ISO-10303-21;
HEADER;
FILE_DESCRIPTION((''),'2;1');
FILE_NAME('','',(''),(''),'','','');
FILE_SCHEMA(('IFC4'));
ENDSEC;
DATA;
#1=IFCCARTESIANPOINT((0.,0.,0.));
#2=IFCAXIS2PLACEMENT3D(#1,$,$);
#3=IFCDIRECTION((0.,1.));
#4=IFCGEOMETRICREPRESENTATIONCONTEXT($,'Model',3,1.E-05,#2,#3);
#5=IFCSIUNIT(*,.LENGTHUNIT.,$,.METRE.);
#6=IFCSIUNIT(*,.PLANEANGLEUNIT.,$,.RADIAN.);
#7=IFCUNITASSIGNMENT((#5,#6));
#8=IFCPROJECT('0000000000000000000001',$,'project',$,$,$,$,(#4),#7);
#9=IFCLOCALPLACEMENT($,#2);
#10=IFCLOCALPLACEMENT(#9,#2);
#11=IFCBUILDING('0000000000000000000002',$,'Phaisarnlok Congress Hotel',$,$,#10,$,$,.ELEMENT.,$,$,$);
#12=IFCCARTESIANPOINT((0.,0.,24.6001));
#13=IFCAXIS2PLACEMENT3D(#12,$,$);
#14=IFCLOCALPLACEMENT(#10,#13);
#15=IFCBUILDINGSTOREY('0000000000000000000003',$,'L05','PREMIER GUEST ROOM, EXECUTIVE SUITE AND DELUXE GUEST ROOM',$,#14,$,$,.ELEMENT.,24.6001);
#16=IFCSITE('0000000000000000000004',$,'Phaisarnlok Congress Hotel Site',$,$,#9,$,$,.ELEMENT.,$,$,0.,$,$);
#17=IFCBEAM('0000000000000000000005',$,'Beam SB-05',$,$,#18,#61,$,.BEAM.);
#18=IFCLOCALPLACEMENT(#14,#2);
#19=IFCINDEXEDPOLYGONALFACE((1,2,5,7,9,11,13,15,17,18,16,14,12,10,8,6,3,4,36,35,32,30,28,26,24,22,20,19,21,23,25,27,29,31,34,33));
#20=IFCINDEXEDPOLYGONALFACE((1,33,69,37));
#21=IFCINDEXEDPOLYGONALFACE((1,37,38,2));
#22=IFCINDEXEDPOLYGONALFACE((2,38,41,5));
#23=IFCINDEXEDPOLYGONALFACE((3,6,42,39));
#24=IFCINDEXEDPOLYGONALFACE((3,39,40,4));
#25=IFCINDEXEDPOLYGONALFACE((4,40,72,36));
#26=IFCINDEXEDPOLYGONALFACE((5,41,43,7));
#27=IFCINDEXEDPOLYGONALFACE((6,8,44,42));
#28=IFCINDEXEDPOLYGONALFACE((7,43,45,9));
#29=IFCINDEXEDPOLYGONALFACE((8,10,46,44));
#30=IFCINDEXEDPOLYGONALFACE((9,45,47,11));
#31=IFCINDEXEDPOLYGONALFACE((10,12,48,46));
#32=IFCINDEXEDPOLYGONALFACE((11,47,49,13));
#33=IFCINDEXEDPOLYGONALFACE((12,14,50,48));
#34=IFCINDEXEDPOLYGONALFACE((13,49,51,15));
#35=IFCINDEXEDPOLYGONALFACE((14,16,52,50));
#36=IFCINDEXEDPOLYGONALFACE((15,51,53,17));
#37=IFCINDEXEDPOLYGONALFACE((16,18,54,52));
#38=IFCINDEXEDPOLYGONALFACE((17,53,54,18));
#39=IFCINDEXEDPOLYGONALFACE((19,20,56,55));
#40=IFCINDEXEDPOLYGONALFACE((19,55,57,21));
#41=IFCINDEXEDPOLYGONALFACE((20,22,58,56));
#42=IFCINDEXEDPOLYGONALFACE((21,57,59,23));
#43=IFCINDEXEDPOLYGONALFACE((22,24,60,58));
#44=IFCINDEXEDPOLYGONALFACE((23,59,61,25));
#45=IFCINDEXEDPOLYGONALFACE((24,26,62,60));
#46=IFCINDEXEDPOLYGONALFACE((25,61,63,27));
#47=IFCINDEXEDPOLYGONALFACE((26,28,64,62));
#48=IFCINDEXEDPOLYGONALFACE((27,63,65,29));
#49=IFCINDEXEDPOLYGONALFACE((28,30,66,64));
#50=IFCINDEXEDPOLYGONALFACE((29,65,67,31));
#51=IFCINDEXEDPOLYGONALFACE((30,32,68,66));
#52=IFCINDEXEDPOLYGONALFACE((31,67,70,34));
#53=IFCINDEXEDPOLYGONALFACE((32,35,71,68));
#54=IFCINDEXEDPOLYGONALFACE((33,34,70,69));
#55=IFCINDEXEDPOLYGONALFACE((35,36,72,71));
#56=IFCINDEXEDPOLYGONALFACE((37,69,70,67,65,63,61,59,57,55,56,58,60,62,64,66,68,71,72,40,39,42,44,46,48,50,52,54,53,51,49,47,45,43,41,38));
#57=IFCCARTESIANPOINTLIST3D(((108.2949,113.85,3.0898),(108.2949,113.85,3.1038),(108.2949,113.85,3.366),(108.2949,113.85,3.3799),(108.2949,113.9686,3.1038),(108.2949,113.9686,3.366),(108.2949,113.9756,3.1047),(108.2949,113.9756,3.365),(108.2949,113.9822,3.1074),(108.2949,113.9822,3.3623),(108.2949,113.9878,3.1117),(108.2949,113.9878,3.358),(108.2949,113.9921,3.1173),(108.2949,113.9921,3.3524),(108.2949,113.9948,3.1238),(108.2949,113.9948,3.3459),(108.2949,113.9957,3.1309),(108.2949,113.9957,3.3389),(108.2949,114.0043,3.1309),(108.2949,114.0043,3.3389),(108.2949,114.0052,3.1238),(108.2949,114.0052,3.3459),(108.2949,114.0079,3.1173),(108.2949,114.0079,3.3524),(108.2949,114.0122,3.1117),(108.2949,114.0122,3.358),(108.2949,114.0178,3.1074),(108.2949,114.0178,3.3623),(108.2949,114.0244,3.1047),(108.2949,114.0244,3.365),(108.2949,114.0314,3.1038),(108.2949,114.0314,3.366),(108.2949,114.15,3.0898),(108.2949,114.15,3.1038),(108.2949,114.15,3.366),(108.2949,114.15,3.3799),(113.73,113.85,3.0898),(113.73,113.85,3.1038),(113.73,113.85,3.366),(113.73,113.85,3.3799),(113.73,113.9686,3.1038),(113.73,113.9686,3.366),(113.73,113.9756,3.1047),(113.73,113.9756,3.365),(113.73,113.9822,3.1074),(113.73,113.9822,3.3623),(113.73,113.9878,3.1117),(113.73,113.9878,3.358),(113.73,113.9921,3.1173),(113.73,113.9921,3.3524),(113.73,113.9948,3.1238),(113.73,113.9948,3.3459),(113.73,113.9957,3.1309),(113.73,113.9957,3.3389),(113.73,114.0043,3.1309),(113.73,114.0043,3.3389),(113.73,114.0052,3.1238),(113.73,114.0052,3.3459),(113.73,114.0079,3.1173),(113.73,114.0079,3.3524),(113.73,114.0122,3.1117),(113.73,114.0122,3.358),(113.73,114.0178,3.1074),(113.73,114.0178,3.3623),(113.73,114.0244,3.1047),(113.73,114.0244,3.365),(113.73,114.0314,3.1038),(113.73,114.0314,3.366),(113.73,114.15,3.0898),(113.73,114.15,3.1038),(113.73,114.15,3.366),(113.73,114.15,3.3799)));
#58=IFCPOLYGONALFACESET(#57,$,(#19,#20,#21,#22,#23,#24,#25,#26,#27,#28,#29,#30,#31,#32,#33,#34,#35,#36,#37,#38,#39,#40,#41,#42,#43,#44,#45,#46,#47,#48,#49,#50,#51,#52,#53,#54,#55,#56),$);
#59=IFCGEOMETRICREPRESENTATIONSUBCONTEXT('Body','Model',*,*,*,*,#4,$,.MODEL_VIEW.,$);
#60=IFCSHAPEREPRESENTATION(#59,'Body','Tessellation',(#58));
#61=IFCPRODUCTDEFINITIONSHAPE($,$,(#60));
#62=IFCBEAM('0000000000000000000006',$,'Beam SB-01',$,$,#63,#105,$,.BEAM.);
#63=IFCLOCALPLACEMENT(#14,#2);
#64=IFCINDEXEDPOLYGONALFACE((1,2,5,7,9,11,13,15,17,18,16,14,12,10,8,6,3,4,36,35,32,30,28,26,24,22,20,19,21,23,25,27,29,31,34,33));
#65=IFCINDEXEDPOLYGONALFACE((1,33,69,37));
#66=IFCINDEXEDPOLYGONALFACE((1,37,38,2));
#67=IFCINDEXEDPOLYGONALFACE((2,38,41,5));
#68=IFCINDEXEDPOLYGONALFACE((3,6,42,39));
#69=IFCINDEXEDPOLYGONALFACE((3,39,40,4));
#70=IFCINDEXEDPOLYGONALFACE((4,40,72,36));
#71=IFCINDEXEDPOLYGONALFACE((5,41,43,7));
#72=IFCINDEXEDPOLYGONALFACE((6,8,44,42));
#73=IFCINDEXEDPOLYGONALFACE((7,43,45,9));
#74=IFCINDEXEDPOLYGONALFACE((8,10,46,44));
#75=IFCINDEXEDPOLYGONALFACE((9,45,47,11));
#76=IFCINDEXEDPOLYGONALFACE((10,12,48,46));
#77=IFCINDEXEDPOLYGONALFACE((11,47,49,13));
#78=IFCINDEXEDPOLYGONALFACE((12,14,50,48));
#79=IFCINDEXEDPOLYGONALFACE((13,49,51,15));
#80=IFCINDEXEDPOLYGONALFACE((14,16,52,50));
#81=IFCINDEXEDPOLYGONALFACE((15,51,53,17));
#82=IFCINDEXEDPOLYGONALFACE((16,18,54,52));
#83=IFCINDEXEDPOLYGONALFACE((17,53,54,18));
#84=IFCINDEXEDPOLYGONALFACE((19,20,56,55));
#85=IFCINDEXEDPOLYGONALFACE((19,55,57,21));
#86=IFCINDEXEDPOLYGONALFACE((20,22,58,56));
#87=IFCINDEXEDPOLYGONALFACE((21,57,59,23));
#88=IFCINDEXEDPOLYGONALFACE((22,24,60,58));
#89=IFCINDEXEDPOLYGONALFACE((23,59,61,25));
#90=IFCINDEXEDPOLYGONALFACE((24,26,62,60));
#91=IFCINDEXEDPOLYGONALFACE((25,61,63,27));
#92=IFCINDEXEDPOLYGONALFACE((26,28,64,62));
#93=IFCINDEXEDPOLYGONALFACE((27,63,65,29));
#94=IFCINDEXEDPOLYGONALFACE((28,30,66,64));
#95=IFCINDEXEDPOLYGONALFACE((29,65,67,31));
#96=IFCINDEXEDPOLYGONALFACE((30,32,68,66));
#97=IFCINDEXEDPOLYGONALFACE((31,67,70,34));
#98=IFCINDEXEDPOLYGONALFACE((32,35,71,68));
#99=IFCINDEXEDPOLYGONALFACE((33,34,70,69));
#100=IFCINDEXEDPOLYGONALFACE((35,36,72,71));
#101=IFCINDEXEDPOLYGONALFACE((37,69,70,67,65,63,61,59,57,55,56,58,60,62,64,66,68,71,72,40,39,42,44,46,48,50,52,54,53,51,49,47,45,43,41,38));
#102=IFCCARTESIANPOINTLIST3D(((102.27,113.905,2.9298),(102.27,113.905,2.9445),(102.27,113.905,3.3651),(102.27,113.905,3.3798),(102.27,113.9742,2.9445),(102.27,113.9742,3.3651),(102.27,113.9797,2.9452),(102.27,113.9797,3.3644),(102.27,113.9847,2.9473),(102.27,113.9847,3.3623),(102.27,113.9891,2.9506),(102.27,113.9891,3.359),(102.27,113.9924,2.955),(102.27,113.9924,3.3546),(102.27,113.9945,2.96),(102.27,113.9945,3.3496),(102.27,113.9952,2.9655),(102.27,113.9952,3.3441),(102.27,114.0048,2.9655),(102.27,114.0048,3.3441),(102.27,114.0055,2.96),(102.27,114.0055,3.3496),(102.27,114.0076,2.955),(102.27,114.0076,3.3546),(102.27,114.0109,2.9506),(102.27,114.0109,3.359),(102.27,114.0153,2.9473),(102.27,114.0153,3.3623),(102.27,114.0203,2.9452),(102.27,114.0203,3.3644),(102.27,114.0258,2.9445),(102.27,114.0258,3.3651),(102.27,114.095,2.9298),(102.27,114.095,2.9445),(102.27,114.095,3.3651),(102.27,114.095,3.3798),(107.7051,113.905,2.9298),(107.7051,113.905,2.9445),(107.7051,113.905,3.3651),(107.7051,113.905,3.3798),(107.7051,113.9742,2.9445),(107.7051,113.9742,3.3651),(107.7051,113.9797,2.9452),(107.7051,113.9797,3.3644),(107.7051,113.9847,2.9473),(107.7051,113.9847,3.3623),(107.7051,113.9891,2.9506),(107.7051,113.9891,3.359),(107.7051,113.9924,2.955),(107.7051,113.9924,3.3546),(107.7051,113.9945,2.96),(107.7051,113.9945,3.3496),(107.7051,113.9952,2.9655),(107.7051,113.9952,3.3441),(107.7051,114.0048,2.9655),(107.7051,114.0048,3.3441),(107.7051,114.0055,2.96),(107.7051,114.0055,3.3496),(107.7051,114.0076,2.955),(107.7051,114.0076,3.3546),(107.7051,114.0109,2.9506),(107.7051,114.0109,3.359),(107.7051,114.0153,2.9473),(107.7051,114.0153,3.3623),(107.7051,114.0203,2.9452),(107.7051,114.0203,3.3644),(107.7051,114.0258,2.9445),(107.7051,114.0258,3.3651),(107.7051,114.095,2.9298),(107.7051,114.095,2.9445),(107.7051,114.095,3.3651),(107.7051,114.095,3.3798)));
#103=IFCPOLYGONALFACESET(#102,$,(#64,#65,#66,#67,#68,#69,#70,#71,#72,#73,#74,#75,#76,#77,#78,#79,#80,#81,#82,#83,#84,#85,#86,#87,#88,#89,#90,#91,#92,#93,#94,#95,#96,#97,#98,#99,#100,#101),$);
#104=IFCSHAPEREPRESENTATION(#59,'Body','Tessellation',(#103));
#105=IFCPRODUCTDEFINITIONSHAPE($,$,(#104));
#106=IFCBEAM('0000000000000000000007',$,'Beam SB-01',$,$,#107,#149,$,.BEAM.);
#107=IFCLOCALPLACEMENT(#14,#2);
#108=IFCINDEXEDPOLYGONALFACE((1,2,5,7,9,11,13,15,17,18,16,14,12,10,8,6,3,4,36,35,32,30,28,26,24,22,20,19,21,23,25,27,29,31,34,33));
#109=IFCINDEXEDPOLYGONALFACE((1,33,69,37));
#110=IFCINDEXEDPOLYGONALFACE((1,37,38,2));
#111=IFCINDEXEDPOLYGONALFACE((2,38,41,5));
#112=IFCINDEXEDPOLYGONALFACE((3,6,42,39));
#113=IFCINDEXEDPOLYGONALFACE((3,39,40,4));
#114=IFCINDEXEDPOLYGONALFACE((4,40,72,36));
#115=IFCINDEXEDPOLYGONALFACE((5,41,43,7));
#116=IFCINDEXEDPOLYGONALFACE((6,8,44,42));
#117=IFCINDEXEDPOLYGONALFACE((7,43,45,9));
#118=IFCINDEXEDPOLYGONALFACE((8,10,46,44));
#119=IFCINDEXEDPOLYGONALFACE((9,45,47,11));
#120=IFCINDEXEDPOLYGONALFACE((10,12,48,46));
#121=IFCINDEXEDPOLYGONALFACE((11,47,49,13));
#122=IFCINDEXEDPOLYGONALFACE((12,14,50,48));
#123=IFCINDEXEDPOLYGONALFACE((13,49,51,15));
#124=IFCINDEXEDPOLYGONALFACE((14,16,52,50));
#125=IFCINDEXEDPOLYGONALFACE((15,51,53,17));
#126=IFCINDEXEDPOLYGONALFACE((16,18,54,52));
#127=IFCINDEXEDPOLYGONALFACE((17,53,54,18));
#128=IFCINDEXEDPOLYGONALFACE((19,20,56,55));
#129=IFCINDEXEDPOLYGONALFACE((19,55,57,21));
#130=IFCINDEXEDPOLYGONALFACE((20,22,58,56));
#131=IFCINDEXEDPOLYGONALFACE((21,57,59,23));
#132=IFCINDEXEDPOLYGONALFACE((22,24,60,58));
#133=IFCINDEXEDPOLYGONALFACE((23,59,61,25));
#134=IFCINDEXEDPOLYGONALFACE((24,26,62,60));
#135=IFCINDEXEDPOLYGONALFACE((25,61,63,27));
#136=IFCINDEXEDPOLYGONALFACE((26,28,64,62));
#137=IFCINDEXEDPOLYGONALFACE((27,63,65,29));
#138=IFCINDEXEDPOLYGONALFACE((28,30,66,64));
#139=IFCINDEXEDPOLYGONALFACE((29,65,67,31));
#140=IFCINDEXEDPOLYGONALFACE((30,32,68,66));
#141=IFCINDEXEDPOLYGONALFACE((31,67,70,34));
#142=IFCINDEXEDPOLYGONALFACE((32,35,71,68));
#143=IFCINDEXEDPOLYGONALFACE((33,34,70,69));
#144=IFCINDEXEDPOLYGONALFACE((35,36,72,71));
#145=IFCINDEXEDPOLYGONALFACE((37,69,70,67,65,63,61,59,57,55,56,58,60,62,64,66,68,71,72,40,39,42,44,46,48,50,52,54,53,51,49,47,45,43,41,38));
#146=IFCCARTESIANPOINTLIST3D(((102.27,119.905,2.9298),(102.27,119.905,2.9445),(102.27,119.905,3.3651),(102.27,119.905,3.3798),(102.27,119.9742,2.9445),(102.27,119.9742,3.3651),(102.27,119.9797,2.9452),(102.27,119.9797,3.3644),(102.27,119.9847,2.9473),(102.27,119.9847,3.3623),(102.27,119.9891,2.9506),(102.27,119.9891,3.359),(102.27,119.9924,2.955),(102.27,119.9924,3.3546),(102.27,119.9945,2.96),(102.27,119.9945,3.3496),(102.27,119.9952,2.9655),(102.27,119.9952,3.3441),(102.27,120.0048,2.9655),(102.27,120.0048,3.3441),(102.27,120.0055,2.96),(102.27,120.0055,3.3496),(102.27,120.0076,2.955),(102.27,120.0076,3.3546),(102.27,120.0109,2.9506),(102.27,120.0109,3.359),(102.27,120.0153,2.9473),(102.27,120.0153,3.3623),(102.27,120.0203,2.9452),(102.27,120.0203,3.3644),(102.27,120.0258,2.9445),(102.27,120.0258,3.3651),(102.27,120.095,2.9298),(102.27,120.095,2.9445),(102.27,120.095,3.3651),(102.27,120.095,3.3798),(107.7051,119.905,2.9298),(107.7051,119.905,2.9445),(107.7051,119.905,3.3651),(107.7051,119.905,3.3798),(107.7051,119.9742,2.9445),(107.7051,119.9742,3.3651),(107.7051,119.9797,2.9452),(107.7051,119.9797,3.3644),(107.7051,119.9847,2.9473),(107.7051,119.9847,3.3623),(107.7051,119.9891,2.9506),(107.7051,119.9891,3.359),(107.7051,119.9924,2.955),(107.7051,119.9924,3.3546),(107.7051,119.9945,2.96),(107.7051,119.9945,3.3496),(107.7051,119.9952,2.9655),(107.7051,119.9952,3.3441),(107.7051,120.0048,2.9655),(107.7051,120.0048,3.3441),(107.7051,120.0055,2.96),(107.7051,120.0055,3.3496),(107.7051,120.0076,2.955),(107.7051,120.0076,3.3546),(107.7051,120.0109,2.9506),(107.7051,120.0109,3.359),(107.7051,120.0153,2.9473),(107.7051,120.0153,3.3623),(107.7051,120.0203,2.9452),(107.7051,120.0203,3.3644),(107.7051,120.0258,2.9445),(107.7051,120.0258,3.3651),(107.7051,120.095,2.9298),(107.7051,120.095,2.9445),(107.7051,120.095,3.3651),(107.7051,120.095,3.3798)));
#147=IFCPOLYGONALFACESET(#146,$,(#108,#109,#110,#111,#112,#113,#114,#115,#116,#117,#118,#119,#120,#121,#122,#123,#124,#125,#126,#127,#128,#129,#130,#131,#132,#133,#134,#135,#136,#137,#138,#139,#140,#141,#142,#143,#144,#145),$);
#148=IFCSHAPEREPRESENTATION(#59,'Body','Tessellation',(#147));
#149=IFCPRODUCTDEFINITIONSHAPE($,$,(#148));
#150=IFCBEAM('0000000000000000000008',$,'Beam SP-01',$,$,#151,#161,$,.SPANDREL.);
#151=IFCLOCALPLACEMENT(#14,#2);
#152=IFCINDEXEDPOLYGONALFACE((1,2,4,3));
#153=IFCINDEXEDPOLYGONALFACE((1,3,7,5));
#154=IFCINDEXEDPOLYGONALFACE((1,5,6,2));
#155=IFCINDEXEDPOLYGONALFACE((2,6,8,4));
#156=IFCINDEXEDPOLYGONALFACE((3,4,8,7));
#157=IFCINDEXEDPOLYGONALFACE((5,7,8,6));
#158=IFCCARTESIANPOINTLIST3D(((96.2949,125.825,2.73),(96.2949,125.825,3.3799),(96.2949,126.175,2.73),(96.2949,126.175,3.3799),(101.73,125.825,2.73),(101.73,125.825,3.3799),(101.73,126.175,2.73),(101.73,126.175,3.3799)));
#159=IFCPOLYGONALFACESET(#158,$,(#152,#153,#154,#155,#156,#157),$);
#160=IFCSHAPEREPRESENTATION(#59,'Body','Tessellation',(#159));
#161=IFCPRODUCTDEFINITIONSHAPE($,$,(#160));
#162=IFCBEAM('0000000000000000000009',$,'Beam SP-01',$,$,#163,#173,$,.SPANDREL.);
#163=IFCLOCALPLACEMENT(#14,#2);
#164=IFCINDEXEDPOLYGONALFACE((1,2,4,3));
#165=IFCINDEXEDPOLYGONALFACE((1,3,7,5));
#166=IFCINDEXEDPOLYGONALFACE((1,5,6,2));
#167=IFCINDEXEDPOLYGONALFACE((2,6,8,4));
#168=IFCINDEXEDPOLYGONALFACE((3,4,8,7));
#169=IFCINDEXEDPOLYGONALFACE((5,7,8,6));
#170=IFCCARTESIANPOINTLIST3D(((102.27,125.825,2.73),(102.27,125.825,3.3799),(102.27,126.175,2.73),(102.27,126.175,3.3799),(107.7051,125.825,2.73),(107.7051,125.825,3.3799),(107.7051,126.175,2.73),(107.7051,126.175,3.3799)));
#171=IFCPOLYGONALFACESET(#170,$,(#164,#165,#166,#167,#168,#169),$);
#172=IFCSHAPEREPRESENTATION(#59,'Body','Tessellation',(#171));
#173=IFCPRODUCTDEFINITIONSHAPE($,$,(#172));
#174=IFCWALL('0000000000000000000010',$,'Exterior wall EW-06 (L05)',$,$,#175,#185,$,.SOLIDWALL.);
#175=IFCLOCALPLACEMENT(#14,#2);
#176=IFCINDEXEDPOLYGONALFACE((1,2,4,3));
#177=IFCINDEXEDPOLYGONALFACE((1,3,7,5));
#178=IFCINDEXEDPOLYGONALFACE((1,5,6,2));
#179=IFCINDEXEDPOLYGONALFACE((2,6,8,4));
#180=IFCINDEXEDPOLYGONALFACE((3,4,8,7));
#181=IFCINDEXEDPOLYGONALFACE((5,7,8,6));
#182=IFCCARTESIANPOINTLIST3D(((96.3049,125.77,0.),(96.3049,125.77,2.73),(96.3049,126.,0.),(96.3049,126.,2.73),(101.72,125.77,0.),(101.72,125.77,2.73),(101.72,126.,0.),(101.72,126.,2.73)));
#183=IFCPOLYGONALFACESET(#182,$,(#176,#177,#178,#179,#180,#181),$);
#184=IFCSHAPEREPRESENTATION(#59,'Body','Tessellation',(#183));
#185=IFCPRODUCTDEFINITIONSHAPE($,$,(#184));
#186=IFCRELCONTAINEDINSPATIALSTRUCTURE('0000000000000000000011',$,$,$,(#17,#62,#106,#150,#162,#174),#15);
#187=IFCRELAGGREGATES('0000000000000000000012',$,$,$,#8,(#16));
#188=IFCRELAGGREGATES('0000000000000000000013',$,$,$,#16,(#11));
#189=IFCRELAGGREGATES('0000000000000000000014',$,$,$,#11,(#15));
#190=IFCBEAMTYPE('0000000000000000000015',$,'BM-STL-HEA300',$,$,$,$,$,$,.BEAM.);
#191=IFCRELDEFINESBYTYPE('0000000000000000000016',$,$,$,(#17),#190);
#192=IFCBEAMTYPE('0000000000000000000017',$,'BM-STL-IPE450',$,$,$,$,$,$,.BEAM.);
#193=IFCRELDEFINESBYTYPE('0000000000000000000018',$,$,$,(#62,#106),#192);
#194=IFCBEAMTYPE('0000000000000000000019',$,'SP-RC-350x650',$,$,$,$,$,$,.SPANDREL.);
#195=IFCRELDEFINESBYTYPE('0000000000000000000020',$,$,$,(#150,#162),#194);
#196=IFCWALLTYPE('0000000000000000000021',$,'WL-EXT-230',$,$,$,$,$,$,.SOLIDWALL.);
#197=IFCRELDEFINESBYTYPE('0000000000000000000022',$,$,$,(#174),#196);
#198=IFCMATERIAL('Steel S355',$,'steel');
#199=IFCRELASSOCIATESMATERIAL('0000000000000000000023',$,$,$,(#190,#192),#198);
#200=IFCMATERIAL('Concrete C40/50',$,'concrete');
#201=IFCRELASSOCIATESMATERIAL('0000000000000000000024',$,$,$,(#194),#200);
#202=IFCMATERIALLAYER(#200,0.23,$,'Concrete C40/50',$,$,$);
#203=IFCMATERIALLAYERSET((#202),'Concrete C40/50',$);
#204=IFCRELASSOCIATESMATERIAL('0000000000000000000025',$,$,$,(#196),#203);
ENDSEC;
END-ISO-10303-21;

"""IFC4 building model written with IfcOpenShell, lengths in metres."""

from ifc_helpers import new_model, si_unit, direction, frame, frame_2d, origin, origin_2d, place, context, subcontext, project, spatial, rectangle, i_section, extrude, material, layer, layer_set, material_profile, profile_set, type_object, element, save


model = new_model("IFC4")

# Units and contexts
model_context = context("Model", 3, precision=1e-05, world=origin(), true_north=direction((0.0, 1.0)))
body_context = subcontext(model_context, "Body", "Model", "MODEL_VIEW")
ifc_project = project(units=[si_unit("LENGTHUNIT", "METRE"), si_unit("PLANEANGLEUNIT", "RADIAN")], contexts=[model_context])

# Site, building, storey
site_placement = place(None, origin())
site = spatial("IfcSite", under=ifc_project, at=site_placement, Name="Phaisarnlok Congress Hotel Site", CompositionType="ELEMENT", RefElevation=0.0)
building_placement = place(site_placement, origin())
building = spatial("IfcBuilding", under=site, at=building_placement, Name="Phaisarnlok Congress Hotel", CompositionType="ELEMENT")
storey_placement = place(building_placement, frame((0.0, 0.0, 24.6001)))
storey = spatial("IfcBuildingStorey", under=building, at=storey_placement, Name="L05", Description="PREMIER GUEST ROOM, EXECUTIVE SUITE AND DELUXE GUEST ROOM", CompositionType="ELEMENT", Elevation=24.6001)

# Beams
ifc_material_1 = material(Name="Concrete C40/50", Category="concrete")
ifc_material_2 = material(Name="Steel S355", Category="steel")
ifc_material_profile_1 = material_profile(ifc_material_2, i_section(OverallWidth=0.3, OverallDepth=0.29, WebThickness=0.0085, FlangeThickness=0.0139, FilletRadius=0.0271, at=origin_2d()), Name="HEA 300")
ifc_profile_set_1 = profile_set([ifc_material_profile_1], Name="Steel S355")
beam_type_1 = type_object("IfcBeamType", Name="BM-STL-HEA300", PredefinedType="BEAM", material=ifc_profile_set_1)
beam_1_placement = place(storey_placement, frame((108.2949, 114.0, 3.2349), z_axis=(1.0, 0.0, 0.0), x_axis=(0.0, 1.0, 0.0)))
element("IfcBeam", 1, at=beam_1_placement, inside=storey, type_object=beam_type_1, Name="Beam SB-05", PredefinedType="BEAM", context=body_context, shape_type="SweptSolid", body=[
    extrude(i_section(OverallWidth=0.3, OverallDepth=0.29, WebThickness=0.0085, FlangeThickness=0.0139, FilletRadius=0.0271, at=origin_2d()), origin(), (0.0, 0.0, 1.0), 5.4351),
])
ifc_material_profile_2 = material_profile(ifc_material_2, i_section(OverallWidth=0.1899, OverallDepth=0.45, WebThickness=0.0095, FlangeThickness=0.0146, FilletRadius=0.021, at=origin_2d()), Name="IPE 450")
ifc_profile_set_2 = profile_set([ifc_material_profile_2], Name="Steel S355")
beam_type_2 = type_object("IfcBeamType", Name="BM-STL-IPE450", PredefinedType="BEAM", material=ifc_profile_set_2)
for number, where, z_axis, x_axis, name in (
    (2, (102.27, 114.0, 3.1548), (1.0, 0.0, 0.0), (0.0, 1.0, 0.0), "Beam SB-01"),
    (3, (102.27, 120.0, 3.1548), (1.0, 0.0, 0.0), (0.0, 1.0, 0.0), "Beam SB-01"),
):
    element("IfcBeam", number, at=place(storey_placement, frame(where, z_axis=z_axis, x_axis=x_axis)), inside=storey, type_object=beam_type_2, Name=name, PredefinedType="BEAM", context=body_context, shape_type="SweptSolid", body=[
        extrude(i_section(OverallWidth=0.1899, OverallDepth=0.45, WebThickness=0.0095, FlangeThickness=0.0146, FilletRadius=0.021, at=origin_2d()), origin(), (0.0, 0.0, 1.0), 5.4351),
    ])
ifc_material_profile_3 = material_profile(ifc_material_1, rectangle(XDim=0.3501, YDim=0.6499, at=origin_2d()), Name="RC 350x650")
ifc_profile_set_3 = profile_set([ifc_material_profile_3], Name="Concrete C40/50")
beam_type_3 = type_object("IfcBeamType", Name="SP-RC-350x650", PredefinedType="SPANDREL", material=ifc_profile_set_3)
for number, where, z_axis, x_axis, name in (
    (4, (96.2949, 126.0, 3.0549), (1.0, 0.0, 0.0), (0.0, 1.0, 0.0), "Beam SP-01"),
    (5, (102.27, 126.0, 3.0549), (1.0, 0.0, 0.0), (0.0, 1.0, 0.0), "Beam SP-01"),
):
    element("IfcBeam", number, at=place(storey_placement, frame(where, z_axis=z_axis, x_axis=x_axis)), inside=storey, type_object=beam_type_3, Name=name, PredefinedType="SPANDREL", context=body_context, shape_type="SweptSolid", body=[
        extrude(rectangle(XDim=0.3501, YDim=0.6499, at=origin_2d()), origin(), (0.0, 0.0, 1.0), 5.4351),
    ])

# Wall
ifc_layer_1 = layer(ifc_material_1, 0.23, Name="Concrete C40/50")
ifc_layer_set_1 = layer_set([ifc_layer_1], Name="Concrete C40/50")
wall_type_1 = type_object("IfcWallType", Name="WL-EXT-230", PredefinedType="SOLIDWALL", material=ifc_layer_set_1)
wall_1_placement = place(storey_placement, frame((101.72, 125.885, 0.0), z_axis=(0.0, 0.0, 1.0), x_axis=(-1.0, 0.0, 0.0)))
element("IfcWall", 6, at=wall_1_placement, inside=storey, type_object=wall_type_1, Name="Exterior wall EW-06 (L05)", PredefinedType="SOLIDWALL", context=body_context, shape_type="SweptSolid", body=[
    extrude(rectangle(XDim=5.415, YDim=0.23, at=frame_2d((2.7075, 0.0))), origin(), (0.0, 0.0, 1.0), 2.73),
])

save(model, "model.ifc")
